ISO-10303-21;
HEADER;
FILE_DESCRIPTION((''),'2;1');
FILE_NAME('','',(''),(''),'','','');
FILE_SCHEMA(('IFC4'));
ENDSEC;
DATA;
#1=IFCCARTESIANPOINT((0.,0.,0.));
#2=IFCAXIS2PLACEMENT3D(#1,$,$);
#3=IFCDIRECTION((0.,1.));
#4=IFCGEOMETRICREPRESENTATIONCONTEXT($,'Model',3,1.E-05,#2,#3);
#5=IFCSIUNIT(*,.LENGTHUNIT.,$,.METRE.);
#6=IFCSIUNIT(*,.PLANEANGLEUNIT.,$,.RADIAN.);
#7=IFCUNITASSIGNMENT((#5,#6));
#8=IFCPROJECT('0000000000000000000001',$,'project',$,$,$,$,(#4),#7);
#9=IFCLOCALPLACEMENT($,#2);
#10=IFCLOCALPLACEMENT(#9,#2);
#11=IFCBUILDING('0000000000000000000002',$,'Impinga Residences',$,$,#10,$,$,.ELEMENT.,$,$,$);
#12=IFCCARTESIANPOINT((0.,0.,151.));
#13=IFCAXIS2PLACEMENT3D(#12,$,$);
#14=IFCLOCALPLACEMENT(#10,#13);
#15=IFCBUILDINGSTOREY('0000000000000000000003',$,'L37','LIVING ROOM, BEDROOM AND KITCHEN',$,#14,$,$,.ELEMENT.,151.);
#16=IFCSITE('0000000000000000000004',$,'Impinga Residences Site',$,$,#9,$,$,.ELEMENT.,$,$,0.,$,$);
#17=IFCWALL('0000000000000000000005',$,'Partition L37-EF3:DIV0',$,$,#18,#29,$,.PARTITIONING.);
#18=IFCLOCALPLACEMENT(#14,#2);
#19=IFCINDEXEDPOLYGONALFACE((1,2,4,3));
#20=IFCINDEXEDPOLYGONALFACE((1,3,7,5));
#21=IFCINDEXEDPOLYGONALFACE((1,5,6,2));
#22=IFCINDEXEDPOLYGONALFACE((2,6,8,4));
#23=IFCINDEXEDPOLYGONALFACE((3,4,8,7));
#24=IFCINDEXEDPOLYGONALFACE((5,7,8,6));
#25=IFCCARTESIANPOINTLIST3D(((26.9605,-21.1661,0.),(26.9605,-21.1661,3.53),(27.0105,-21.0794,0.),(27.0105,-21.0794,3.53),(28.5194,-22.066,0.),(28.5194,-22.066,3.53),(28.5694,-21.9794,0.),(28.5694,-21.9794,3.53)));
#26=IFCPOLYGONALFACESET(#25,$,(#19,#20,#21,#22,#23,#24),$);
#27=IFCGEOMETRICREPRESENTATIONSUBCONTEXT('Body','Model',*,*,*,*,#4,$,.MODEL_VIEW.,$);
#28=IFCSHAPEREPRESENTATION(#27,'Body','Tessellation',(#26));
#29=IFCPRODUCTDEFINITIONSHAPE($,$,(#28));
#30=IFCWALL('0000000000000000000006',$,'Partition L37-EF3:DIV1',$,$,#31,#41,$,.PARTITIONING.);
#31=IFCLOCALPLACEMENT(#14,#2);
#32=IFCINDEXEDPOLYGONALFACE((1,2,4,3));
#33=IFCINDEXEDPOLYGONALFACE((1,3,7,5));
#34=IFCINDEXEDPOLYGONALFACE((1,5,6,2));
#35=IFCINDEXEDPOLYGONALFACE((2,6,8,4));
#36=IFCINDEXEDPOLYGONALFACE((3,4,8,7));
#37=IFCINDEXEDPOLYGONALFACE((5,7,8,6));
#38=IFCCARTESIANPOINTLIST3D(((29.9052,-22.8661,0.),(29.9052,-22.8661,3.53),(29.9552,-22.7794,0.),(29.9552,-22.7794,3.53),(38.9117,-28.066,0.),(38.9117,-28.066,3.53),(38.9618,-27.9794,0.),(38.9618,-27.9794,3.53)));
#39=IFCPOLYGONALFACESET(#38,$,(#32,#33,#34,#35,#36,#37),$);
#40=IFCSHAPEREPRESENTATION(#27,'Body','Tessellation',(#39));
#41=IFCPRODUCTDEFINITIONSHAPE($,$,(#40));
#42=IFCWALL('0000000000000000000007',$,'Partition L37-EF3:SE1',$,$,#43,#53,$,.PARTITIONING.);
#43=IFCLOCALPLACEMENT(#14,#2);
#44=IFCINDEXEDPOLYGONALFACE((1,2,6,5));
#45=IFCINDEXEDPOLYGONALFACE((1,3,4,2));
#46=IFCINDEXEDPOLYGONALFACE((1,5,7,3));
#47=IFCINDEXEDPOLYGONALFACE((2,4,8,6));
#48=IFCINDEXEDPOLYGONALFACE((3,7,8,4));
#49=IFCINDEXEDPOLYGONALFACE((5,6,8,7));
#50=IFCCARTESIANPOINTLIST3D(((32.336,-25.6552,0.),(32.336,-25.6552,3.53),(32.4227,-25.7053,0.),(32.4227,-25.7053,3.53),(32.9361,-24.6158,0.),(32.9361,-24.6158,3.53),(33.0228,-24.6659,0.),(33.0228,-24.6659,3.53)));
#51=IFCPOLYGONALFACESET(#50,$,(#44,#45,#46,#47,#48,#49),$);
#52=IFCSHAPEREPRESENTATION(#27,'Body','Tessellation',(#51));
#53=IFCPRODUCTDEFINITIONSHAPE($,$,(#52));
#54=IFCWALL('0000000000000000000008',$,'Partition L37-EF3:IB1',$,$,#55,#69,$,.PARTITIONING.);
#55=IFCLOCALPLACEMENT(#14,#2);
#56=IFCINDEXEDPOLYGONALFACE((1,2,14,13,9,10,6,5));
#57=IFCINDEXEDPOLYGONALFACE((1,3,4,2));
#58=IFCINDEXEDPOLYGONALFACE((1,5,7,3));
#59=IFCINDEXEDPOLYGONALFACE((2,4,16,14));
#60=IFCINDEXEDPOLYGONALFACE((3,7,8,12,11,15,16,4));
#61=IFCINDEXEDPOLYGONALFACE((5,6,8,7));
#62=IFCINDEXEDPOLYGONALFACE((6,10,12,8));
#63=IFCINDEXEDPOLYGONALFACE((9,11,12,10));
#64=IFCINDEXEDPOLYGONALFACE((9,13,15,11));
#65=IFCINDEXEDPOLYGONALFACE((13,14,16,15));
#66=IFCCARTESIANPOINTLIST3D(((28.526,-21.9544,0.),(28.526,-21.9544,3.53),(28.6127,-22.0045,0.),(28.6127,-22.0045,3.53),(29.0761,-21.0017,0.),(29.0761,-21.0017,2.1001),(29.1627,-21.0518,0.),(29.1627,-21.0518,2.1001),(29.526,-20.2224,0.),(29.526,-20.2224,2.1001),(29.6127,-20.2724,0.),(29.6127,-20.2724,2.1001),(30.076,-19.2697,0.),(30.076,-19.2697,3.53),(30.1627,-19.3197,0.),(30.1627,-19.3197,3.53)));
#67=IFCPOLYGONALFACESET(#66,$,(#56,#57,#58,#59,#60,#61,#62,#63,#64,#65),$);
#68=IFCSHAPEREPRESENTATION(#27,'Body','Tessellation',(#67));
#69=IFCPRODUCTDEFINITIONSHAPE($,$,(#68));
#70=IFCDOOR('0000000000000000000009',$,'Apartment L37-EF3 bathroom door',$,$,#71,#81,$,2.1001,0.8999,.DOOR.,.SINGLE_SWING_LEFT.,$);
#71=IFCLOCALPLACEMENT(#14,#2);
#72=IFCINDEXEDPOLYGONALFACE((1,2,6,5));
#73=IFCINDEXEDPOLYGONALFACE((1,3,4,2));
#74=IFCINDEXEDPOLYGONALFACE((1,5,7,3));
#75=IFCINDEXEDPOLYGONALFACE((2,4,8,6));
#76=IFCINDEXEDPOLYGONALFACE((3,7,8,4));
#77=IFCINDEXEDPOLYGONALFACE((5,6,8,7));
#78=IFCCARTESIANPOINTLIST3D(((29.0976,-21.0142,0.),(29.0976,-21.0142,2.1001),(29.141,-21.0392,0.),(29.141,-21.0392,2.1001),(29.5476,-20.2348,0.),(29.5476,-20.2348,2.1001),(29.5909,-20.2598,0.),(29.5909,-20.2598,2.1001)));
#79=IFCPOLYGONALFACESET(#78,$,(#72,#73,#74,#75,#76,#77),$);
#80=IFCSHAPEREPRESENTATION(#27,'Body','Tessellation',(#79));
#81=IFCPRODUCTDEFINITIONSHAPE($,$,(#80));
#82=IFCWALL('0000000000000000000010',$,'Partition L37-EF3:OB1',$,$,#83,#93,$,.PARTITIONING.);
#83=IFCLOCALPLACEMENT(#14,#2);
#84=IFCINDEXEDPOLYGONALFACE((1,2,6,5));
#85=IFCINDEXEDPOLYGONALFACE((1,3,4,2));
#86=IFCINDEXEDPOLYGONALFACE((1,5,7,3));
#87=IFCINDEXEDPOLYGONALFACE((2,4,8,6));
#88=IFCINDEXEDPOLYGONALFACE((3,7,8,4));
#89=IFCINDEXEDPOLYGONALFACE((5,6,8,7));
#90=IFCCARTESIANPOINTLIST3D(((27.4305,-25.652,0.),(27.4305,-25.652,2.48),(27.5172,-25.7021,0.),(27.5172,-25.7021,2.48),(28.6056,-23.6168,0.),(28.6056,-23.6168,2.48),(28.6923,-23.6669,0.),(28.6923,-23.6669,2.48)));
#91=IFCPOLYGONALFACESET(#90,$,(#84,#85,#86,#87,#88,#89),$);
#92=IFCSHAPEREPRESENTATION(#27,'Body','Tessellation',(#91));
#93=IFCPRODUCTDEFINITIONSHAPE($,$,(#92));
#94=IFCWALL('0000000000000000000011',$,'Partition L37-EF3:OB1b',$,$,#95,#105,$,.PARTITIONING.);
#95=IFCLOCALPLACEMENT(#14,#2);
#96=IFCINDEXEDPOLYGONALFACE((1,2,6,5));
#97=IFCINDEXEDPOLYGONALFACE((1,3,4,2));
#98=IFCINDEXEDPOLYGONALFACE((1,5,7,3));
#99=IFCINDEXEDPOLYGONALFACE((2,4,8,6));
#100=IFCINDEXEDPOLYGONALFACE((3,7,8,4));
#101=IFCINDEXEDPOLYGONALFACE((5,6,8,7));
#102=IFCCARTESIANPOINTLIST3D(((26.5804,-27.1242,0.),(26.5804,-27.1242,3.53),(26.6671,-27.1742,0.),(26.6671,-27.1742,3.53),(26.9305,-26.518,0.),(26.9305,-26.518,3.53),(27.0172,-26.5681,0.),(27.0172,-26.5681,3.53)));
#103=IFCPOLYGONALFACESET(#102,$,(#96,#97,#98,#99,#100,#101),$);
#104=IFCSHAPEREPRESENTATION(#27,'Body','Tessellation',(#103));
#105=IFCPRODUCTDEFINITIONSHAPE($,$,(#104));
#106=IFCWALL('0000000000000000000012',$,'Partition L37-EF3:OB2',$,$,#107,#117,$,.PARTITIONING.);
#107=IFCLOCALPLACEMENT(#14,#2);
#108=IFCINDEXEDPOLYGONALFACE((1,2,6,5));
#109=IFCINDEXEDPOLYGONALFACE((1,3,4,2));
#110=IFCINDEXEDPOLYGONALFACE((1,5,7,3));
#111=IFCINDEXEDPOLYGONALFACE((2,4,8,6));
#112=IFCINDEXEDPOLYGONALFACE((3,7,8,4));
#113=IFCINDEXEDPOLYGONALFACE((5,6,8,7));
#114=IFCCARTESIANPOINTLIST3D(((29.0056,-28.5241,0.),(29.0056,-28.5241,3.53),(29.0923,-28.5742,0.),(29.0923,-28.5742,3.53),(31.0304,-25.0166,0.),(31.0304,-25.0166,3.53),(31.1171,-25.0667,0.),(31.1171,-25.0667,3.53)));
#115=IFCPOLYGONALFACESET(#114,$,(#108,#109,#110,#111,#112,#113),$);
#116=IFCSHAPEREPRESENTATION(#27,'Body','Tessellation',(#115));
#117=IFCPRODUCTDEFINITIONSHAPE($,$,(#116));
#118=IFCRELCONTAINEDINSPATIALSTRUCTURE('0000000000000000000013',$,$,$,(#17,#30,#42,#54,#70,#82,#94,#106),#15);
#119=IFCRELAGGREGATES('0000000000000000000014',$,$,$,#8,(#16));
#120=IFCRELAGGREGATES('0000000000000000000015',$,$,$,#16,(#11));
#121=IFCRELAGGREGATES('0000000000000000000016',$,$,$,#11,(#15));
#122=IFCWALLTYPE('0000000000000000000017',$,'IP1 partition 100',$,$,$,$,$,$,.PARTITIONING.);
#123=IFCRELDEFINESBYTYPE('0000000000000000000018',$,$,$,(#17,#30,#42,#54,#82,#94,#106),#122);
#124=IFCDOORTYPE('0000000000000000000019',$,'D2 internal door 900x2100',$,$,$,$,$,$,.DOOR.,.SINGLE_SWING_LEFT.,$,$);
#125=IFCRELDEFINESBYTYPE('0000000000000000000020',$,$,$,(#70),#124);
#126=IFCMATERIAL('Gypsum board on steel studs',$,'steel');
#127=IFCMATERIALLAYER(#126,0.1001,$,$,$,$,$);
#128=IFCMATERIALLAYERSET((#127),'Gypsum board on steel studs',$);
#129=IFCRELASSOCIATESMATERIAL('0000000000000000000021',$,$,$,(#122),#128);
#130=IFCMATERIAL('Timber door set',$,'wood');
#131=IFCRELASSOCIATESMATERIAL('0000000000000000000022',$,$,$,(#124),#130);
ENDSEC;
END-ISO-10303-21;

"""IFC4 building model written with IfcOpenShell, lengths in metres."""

from ifc_helpers import new_model, si_unit, direction, frame, frame_2d, origin, place, context, subcontext, project, spatial, rectangle, extrude, material, layer, layer_set, type_object, element, fill, save


model = new_model("IFC4")

# Units and contexts
model_context = context("Model", 3, precision=1e-05, world=origin(), true_north=direction((0.0, 1.0)))
body_context = subcontext(model_context, "Body", "Model", "MODEL_VIEW")
ifc_project = project(units=[si_unit("LENGTHUNIT", "METRE"), si_unit("PLANEANGLEUNIT", "RADIAN")], contexts=[model_context])

# Site, building, storey
site_placement = place(None, origin())
site = spatial("IfcSite", under=ifc_project, at=site_placement, Name="Impinga Residences Site", CompositionType="ELEMENT", RefElevation=0.0)
building_placement = place(site_placement, origin())
building = spatial("IfcBuilding", under=site, at=building_placement, Name="Impinga Residences", CompositionType="ELEMENT")
storey_placement = place(building_placement, frame((0.0, 0.0, 151.0)))
storey = spatial("IfcBuildingStorey", under=building, at=storey_placement, Name="L37", Description="LIVING ROOM, BEDROOM AND KITCHEN", CompositionType="ELEMENT", Elevation=151.0)

# Walls
ifc_material_1 = material(Name="Gypsum board on steel studs", Category="steel")
ifc_layer_1 = layer(ifc_material_1, 0.1001)
ifc_layer_set_1 = layer_set([ifc_layer_1], Name="Gypsum board on steel studs")
wall_type_1 = type_object("IfcWallType", Name="IP1 partition 100", PredefinedType="PARTITIONING", material=ifc_layer_set_1)
wall_1_placement = place(storey_placement, frame((26.9856, -21.1228, 0.0), z_axis=(0.0, 0.0, 1.0), x_axis=(0.866048, -0.499961, 0.0)))
element("IfcWall", 1, at=wall_1_placement, inside=storey, type_object=wall_type_1, Name="Partition L37-EF3:DIV0", PredefinedType="PARTITIONING", context=body_context, shape_type="SweptSolid", body=[
    extrude(rectangle(XDim=1.8, YDim=0.1001, at=frame_2d((0.8999, 0.0))), origin(), (0.0, 0.0, 1.0), 3.53),
])
wall_2_placement = place(storey_placement, frame((29.9302, -22.8228, 0.0), z_axis=(0.0, 0.0, 1.0), x_axis=(0.866026, -0.499999, 0.0)))
element("IfcWall", 2, at=wall_2_placement, inside=storey, type_object=wall_type_1, Name="Partition L37-EF3:DIV1", PredefinedType="PARTITIONING", context=body_context, shape_type="SweptSolid", body=[
    extrude(rectangle(XDim=10.3999, YDim=0.1001, at=frame_2d((5.2, 0.0))), origin(), (0.0, 0.0, 1.0), 3.53),
])
wall_3_placement = place(storey_placement, frame((32.9795, -24.6409, 0.0), z_axis=(0.0, 0.0, 1.0), x_axis=(-0.500034, -0.866006, 0.0)))
element("IfcWall", 3, at=wall_3_placement, inside=storey, type_object=wall_type_1, Name="Partition L37-EF3:SE1", PredefinedType="PARTITIONING", context=body_context, shape_type="SweptSolid", body=[
    extrude(rectangle(XDim=1.2002, YDim=0.1001, at=frame_2d((0.6001, 0.0))), origin(), (0.0, 0.0, 1.0), 3.53),
])

# Wall, opening, door
wall_4_placement = place(storey_placement, frame((30.1194, -19.2947, 0.0), z_axis=(0.0, 0.0, 1.0), x_axis=(-0.499993, -0.86603, 0.0)))
wall_4 = element("IfcWall", 4, at=wall_4_placement, inside=storey, type_object=wall_type_1, Name="Partition L37-EF3:IB1", PredefinedType="PARTITIONING", context=body_context, shape_type="SweptSolid", body=[
    extrude(rectangle(XDim=3.1001, YDim=0.1001, at=frame_2d((1.55, 0.0))), origin(), (0.0, 0.0, 1.0), 3.53),
])
opening_1_placement = place(wall_4_placement, frame((1.1001, 0.0, 0.0)))
opening_1 = element("IfcOpeningElement", 5, at=opening_1_placement, cuts=wall_4, PredefinedType="OPENING", context=body_context, shape_type="SweptSolid", body=[
    extrude(rectangle(XDim=0.8999, YDim=2.1001, at=frame_2d((0.45, 1.05))), frame((0.0, 0.0601, 0.0), z_axis=(0.0, -1.0, 0.0), x_axis=(1.0, 0.0, 0.0)), (0.0, 0.0, 1.0), 0.1201),
])
ifc_material_2 = material(Name="Timber door set", Category="wood")
door_type = type_object("IfcDoorType", Name="D2 internal door 900x2100", OperationType="SINGLE_SWING_LEFT", PredefinedType="DOOR", material=ifc_material_2)
door_placement = place(opening_1_placement, origin())
door = element("IfcDoor", 6, at=door_placement, inside=storey, type_object=door_type, Name="Apartment L37-EF3 bathroom door", OperationType="SINGLE_SWING_LEFT", OverallHeight=2.1001, OverallWidth=0.8999, PredefinedType="DOOR", context=body_context, shape_type="SweptSolid", body=[
    extrude(rectangle(XDim=0.8999, YDim=2.1001, at=frame_2d((0.45, 1.05))), frame((0.0, 0.0249, 0.0), z_axis=(0.0, -1.0, 0.0), x_axis=(1.0, 0.0, 0.0)), (0.0, 0.0, 1.0), 0.05),
])
fill(opening_1, door)

# Walls
wall_5_placement = place(storey_placement, frame((28.6489, -23.6418, 0.0), z_axis=(0.0, 0.0, 1.0), x_axis=(-0.500016, -0.866016, 0.0)))
element("IfcWall", 7, at=wall_5_placement, inside=storey, type_object=wall_type_1, Name="Partition L37-EF3:OB1", PredefinedType="PARTITIONING", context=body_context, shape_type="SweptSolid", body=[
    extrude(rectangle(XDim=2.3501, YDim=0.1001, at=frame_2d((1.175, 0.0))), origin(), (0.0, 0.0, 1.0), 2.48),
])
wall_6_placement = place(storey_placement, frame((26.9739, -26.543, 0.0), z_axis=(0.0, 0.0, 1.0), x_axis=(-0.500115, -0.865959, 0.0)))
element("IfcWall", 8, at=wall_6_placement, inside=storey, type_object=wall_type_1, Name="Partition L37-EF3:OB1b", PredefinedType="PARTITIONING", context=body_context, shape_type="SweptSolid", body=[
    extrude(rectangle(XDim=0.7, YDim=0.1001, at=frame_2d((0.3501, 0.0))), origin(), (0.0, 0.0, 1.0), 3.53),
])
wall_7_placement = place(storey_placement, frame((31.0737, -25.0417, 0.0), z_axis=(0.0, 0.0, 1.0), x_axis=(-0.499964, -0.866046, 0.0)))
element("IfcWall", 9, at=wall_7_placement, inside=storey, type_object=wall_type_1, Name="Partition L37-EF3:OB2", PredefinedType="PARTITIONING", context=body_context, shape_type="SweptSolid", body=[
    extrude(rectangle(XDim=4.05, YDim=0.1001, at=frame_2d((2.0249, 0.0))), origin(), (0.0, 0.0, 1.0), 3.53),
])

save(model, "model.ifc")
